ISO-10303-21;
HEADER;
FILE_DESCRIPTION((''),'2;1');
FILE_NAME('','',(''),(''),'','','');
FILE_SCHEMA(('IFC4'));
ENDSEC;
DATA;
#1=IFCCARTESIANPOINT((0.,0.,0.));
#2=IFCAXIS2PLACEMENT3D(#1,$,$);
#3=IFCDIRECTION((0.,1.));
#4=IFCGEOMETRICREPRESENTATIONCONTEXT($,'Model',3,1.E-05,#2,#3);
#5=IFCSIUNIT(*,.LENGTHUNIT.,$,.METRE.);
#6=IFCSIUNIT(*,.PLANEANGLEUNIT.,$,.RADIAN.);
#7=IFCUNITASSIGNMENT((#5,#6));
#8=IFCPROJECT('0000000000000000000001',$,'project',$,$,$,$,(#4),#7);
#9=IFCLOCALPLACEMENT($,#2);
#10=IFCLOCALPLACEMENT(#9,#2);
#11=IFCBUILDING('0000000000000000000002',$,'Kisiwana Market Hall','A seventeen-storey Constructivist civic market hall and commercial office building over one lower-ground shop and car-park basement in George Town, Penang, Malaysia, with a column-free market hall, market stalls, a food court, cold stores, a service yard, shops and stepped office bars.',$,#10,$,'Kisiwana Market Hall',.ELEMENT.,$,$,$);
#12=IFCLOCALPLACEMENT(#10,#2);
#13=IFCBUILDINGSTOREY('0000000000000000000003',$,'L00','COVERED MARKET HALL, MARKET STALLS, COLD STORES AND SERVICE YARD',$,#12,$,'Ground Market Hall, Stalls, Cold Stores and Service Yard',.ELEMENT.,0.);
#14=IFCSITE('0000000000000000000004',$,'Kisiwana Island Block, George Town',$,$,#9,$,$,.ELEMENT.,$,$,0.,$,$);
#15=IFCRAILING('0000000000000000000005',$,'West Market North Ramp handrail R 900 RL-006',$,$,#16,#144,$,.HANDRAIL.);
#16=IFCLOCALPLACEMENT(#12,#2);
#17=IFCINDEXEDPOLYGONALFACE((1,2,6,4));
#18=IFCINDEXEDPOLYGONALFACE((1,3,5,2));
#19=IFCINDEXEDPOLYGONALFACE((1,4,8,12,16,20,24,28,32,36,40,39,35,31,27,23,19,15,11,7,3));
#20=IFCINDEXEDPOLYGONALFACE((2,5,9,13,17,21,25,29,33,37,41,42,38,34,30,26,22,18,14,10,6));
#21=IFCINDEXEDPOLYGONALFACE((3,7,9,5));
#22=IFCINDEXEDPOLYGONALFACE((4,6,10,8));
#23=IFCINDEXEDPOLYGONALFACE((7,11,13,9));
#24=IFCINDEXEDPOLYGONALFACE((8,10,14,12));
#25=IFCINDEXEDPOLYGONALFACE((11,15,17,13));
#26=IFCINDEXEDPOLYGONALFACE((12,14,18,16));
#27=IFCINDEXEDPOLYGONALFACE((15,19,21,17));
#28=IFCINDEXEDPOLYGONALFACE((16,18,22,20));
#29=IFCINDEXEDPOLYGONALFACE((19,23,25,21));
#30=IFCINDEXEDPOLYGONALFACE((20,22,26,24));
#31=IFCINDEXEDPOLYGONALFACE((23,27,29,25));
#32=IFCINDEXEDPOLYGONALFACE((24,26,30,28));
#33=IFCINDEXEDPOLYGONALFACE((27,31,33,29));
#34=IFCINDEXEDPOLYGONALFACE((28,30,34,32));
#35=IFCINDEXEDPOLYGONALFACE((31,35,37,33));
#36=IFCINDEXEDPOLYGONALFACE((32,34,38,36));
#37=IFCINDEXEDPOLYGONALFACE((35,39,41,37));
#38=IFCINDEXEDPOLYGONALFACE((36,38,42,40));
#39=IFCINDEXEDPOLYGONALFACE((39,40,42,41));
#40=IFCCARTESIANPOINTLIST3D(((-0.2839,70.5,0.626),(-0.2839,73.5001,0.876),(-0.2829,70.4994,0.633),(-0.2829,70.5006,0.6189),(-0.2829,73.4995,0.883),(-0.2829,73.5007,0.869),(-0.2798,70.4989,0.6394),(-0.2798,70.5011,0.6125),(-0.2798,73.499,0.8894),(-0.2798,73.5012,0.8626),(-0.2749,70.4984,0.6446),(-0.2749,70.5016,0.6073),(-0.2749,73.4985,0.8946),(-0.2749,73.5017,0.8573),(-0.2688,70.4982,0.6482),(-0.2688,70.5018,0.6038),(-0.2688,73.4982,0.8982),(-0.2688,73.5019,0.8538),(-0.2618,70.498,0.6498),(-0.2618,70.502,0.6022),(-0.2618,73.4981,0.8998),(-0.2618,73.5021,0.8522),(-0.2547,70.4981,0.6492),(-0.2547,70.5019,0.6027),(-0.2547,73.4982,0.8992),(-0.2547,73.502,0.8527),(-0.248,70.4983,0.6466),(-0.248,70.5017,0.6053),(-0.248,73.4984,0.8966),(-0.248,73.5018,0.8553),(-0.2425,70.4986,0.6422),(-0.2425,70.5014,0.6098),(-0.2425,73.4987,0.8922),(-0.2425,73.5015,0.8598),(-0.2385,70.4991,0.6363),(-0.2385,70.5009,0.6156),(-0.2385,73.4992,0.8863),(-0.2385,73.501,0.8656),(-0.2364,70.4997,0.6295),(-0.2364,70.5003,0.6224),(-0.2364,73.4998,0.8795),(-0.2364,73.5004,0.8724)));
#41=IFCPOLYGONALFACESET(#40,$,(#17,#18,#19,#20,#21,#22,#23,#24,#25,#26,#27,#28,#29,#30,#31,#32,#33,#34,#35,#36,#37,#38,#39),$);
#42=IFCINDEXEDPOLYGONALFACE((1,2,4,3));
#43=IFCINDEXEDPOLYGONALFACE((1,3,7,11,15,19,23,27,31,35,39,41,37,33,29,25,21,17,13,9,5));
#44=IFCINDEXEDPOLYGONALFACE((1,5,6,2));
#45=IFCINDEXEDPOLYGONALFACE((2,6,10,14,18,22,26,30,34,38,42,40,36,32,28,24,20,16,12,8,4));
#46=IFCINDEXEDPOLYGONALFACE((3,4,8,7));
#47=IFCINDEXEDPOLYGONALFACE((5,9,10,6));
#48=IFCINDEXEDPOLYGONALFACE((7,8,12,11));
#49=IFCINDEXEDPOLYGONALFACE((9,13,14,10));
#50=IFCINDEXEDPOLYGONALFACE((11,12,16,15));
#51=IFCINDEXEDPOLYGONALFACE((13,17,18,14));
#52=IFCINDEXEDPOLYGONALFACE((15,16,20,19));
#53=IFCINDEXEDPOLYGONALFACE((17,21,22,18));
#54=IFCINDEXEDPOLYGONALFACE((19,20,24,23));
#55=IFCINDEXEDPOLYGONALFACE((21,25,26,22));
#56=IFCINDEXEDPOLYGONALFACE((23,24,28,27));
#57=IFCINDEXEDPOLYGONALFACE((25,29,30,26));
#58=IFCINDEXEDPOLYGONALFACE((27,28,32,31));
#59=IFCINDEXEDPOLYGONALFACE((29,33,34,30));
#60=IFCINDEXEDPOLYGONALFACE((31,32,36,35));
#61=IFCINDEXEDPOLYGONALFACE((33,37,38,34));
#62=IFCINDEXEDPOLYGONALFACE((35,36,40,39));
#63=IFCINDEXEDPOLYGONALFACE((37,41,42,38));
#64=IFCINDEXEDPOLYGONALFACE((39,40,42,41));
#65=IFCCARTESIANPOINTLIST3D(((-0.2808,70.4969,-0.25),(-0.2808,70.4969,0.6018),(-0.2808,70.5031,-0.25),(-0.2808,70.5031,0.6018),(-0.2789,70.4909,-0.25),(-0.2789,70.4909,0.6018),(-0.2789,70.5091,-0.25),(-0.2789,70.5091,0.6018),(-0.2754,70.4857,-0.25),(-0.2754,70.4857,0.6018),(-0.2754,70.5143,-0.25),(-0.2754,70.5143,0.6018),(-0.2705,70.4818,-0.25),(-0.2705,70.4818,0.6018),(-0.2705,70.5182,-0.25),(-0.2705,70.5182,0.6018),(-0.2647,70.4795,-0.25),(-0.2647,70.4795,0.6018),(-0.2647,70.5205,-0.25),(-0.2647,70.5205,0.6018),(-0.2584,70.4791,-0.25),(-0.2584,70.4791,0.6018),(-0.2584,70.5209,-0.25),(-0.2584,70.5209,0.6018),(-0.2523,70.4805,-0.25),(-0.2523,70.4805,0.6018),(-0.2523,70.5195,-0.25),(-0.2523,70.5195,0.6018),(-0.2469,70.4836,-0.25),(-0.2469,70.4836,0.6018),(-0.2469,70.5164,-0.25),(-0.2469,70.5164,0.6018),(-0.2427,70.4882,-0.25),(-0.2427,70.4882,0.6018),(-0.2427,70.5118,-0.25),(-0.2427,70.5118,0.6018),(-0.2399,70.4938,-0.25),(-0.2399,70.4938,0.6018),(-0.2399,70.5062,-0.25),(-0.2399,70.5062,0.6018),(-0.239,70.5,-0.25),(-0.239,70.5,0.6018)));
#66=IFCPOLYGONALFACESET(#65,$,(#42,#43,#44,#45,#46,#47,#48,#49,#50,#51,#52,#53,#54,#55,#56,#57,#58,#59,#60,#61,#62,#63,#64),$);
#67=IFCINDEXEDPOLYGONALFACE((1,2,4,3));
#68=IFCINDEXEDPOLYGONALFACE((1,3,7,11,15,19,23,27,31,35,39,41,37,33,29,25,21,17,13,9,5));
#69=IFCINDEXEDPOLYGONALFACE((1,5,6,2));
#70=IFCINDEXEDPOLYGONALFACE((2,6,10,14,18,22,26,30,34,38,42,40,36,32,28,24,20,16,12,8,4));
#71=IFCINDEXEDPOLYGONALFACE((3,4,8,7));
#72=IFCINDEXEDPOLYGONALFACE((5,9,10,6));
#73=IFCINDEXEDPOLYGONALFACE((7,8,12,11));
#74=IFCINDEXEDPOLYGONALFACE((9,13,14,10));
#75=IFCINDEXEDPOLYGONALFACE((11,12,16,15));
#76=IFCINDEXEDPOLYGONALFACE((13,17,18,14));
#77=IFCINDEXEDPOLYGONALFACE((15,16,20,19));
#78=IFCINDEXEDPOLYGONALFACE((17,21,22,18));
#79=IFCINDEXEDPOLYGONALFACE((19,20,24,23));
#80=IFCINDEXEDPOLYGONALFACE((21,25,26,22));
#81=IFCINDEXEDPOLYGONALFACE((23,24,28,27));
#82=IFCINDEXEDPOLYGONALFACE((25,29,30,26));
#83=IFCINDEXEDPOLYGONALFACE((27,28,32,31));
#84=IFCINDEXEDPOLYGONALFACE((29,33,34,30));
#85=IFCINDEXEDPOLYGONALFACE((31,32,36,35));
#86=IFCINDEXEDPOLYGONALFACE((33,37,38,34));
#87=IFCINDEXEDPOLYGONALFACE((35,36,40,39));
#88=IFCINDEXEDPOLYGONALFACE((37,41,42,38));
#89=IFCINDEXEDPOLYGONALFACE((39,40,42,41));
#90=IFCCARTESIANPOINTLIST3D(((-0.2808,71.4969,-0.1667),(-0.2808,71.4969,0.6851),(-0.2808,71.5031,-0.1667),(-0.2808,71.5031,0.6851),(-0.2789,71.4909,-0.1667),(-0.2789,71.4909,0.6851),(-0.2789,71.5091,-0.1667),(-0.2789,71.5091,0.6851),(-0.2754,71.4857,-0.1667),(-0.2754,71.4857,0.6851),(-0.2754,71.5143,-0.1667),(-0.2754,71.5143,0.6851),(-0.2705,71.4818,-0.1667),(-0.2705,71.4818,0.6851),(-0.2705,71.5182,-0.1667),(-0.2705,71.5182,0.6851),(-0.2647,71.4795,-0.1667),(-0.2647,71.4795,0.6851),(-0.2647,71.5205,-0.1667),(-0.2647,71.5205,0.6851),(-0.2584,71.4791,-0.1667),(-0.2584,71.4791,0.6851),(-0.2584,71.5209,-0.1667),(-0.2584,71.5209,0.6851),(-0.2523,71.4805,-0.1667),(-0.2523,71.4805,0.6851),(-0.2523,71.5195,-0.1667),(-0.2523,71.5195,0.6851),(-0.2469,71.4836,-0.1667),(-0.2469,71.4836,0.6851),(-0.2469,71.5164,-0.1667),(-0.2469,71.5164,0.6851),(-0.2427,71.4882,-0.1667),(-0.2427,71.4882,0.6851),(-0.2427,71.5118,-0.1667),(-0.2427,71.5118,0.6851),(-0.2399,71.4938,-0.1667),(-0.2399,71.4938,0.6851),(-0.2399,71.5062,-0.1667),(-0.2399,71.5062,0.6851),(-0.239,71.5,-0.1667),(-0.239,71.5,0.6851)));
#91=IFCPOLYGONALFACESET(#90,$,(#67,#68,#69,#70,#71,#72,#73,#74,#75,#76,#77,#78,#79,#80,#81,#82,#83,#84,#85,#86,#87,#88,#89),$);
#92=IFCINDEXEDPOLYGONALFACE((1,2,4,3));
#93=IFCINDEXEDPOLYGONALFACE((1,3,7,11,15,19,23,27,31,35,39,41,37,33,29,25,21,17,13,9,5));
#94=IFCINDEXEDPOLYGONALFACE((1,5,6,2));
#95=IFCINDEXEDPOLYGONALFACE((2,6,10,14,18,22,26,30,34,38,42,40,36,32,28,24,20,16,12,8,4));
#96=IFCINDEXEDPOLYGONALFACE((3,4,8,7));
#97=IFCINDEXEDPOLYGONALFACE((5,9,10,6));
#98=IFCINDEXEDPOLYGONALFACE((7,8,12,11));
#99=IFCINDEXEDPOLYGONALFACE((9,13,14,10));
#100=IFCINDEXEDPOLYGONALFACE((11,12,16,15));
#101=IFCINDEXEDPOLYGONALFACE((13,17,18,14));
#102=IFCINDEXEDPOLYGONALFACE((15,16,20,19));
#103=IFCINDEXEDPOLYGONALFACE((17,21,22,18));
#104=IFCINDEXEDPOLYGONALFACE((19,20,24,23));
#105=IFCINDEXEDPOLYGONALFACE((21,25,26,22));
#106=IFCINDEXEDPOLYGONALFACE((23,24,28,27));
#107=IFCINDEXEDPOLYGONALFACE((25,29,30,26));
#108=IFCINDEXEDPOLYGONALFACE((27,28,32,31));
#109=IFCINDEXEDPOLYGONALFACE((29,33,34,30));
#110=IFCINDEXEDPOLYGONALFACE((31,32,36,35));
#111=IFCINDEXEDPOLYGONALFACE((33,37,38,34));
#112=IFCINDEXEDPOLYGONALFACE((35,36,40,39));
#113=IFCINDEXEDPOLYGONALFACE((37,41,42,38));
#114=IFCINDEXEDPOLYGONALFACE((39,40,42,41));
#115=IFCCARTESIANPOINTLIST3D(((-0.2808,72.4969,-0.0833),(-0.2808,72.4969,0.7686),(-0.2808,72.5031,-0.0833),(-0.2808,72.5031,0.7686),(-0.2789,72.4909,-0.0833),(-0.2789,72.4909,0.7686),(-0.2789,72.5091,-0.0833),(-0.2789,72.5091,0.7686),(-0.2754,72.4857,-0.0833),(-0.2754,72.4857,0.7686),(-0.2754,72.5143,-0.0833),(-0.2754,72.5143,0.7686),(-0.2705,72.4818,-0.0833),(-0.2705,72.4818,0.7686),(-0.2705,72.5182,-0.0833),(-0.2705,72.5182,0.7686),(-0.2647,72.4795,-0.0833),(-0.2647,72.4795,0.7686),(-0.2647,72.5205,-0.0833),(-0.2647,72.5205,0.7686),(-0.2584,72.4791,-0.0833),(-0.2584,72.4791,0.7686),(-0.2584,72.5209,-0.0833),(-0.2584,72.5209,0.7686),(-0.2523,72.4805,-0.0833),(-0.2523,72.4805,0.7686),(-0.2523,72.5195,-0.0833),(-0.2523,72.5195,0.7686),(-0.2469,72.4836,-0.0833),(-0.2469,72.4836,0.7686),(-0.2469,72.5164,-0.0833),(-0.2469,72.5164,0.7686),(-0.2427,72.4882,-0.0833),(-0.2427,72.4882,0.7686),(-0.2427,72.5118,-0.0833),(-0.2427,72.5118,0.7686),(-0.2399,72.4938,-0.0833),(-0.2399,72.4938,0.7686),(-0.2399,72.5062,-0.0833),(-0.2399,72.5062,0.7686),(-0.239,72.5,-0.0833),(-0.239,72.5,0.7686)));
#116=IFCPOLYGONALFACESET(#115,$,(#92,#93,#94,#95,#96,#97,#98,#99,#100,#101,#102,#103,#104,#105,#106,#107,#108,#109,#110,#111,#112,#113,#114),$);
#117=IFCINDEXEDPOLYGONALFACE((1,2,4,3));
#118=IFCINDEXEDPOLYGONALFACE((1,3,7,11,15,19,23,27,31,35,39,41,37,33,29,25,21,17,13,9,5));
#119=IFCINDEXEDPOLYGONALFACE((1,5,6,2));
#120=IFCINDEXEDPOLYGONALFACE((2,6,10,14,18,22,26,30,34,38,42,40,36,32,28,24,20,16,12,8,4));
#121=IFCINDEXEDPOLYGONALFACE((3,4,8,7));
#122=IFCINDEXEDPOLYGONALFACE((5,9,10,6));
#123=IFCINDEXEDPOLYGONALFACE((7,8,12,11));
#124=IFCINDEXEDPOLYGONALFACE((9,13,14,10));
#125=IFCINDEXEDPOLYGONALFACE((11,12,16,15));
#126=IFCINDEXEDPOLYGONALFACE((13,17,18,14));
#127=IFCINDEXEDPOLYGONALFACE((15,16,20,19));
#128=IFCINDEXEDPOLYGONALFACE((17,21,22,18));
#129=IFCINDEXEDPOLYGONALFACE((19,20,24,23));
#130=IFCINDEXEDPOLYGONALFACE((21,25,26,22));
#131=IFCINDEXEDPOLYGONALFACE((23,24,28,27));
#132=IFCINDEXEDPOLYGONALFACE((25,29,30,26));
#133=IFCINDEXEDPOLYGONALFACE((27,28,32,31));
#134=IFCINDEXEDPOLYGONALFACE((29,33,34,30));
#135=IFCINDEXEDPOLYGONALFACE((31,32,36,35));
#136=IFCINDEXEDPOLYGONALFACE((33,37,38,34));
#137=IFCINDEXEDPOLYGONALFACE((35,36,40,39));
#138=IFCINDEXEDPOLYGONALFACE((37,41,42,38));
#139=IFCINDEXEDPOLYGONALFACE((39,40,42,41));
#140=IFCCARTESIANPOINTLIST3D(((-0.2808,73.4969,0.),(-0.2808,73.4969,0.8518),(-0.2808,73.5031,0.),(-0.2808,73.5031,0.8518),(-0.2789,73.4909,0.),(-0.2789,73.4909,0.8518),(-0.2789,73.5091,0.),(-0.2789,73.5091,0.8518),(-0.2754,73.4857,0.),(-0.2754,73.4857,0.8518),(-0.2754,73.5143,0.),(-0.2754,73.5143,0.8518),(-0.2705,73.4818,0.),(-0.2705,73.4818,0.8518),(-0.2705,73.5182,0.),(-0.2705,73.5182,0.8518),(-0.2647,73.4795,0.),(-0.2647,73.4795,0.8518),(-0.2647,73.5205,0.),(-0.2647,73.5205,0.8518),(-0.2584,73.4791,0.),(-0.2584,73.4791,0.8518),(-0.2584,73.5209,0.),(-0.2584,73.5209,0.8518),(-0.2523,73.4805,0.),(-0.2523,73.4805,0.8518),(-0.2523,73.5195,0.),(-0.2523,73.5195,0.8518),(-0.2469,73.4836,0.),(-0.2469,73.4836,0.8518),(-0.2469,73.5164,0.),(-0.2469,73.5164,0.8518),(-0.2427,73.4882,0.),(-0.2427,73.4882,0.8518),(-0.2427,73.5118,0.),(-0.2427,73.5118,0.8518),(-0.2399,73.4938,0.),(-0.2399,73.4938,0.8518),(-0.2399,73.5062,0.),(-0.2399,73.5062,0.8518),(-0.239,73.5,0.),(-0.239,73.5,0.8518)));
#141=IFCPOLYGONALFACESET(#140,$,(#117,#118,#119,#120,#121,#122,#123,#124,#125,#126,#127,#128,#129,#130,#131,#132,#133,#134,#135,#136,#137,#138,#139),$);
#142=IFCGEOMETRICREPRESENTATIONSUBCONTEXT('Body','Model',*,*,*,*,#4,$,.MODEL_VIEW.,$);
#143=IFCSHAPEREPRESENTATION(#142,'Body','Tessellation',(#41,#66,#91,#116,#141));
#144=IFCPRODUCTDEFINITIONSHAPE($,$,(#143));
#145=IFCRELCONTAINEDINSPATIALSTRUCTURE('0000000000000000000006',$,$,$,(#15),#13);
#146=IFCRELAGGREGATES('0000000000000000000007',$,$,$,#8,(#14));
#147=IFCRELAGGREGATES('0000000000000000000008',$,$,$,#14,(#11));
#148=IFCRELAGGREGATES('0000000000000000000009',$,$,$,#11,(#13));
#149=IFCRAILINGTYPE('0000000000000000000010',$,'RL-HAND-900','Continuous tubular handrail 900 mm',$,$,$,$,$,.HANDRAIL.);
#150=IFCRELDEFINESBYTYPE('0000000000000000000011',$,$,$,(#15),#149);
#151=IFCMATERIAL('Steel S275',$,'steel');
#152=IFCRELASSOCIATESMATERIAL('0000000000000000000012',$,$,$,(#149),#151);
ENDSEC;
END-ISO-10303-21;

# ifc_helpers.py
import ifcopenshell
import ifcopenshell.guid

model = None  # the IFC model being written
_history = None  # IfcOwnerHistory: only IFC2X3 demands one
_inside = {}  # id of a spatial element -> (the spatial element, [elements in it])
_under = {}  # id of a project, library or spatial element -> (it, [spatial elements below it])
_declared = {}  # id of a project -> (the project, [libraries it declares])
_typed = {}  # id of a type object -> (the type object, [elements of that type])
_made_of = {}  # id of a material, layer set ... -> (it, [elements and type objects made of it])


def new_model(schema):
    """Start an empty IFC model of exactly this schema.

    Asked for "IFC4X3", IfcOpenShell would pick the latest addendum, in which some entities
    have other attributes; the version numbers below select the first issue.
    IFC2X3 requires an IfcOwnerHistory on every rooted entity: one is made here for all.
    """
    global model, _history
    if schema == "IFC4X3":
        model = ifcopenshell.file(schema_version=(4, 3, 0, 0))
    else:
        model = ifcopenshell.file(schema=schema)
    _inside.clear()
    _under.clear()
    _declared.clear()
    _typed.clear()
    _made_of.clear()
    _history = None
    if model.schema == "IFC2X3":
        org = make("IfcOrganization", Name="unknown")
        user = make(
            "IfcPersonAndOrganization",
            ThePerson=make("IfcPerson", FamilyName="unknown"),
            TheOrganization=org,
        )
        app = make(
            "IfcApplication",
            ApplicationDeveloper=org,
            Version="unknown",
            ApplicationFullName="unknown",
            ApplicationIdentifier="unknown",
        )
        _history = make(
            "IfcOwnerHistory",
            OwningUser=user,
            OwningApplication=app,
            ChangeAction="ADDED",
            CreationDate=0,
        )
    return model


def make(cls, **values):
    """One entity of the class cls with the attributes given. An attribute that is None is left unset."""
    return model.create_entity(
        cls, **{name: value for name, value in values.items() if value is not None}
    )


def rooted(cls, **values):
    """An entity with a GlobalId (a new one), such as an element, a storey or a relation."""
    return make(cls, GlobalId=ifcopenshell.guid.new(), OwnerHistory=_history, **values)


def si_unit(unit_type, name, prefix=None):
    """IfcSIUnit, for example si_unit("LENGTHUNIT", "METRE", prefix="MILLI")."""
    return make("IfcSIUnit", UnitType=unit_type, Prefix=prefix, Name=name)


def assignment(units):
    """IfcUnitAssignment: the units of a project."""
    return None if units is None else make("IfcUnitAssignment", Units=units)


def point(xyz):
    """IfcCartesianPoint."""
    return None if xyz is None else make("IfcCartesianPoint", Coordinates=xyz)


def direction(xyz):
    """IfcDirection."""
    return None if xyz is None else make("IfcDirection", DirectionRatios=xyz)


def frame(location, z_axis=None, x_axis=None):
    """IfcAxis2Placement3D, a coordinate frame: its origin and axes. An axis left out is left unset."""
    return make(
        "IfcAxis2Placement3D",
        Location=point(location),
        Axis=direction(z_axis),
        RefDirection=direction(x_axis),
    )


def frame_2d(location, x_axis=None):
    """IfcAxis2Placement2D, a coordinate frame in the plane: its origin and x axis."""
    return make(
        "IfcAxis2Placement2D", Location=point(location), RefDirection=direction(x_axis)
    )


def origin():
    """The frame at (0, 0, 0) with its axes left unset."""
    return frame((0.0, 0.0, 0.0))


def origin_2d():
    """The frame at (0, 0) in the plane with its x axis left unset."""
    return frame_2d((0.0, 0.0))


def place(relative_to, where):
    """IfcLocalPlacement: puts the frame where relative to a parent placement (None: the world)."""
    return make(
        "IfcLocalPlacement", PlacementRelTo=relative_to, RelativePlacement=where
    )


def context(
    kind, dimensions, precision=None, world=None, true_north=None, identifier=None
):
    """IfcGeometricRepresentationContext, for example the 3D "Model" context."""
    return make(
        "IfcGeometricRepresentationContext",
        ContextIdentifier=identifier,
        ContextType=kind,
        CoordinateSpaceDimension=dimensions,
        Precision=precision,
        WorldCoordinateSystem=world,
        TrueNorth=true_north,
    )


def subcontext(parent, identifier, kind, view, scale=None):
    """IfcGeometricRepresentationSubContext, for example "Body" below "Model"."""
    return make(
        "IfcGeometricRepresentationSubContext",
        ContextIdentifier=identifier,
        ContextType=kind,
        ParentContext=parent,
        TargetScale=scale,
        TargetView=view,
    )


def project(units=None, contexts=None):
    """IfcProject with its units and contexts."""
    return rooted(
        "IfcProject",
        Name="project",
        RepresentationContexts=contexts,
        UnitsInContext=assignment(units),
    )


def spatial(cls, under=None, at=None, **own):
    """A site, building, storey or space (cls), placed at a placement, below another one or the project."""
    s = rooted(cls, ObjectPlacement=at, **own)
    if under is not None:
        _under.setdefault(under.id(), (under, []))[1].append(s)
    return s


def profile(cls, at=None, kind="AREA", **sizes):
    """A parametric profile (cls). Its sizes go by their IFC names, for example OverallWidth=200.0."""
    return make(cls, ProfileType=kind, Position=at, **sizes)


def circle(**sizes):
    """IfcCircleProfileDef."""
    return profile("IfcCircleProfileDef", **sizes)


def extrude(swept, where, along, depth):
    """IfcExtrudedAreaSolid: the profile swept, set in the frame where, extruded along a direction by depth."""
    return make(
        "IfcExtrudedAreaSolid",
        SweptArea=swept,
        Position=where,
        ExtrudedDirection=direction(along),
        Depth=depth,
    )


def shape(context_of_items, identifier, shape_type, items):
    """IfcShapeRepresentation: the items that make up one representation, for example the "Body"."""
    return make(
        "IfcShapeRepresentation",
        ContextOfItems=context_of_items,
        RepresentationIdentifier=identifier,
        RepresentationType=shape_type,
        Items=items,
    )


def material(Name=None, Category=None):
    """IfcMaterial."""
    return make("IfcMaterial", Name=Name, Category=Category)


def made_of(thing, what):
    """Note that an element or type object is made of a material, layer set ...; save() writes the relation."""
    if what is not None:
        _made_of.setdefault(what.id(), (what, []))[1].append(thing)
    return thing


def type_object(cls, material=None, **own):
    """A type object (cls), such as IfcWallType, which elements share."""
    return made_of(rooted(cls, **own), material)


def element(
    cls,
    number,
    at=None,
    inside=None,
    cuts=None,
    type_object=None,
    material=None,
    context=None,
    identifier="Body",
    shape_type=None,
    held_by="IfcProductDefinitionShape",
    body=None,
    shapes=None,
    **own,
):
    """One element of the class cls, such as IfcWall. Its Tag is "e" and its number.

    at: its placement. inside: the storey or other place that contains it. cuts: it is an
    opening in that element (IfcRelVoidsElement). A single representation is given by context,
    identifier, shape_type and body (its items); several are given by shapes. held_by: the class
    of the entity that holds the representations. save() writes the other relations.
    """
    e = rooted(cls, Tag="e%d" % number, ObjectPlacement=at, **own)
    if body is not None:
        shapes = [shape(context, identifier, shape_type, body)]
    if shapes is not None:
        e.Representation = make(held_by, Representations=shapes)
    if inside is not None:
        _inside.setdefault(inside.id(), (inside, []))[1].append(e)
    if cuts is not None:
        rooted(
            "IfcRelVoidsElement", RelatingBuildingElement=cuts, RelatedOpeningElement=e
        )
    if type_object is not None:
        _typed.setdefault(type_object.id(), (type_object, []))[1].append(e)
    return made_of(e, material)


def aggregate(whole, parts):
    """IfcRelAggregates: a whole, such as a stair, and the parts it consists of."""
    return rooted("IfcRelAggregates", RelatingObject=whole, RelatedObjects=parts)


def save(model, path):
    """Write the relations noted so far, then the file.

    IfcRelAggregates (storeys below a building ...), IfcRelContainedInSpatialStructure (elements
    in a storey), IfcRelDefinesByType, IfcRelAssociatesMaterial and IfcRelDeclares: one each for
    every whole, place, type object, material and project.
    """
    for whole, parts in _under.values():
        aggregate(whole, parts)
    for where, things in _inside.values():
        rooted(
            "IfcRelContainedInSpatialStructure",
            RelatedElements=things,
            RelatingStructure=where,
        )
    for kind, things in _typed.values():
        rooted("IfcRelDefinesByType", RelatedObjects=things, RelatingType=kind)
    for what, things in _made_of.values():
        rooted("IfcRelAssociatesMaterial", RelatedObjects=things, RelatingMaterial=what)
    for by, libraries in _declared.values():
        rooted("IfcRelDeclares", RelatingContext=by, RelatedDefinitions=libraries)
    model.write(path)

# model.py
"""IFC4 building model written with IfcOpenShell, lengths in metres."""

from ifc_helpers import new_model, si_unit, direction, frame, origin, origin_2d, place, context, subcontext, project, spatial, circle, extrude, material, type_object, element, save


model = new_model("IFC4")

# Units and contexts
model_context = context("Model", 3, precision=1e-05, world=origin(), true_north=direction((0.0, 1.0)))
body_context = subcontext(model_context, "Body", "Model", "MODEL_VIEW")
ifc_project = project(units=[si_unit("LENGTHUNIT", "METRE"), si_unit("PLANEANGLEUNIT", "RADIAN")], contexts=[model_context])

# Site, building, storey
site_placement = place(None, origin())
site = spatial("IfcSite", under=ifc_project, at=site_placement, Name="Kisiwana Island Block, George Town", CompositionType="ELEMENT", RefElevation=0.0)
building_placement = place(site_placement, origin())
building = spatial("IfcBuilding", under=site, at=building_placement, Name="Kisiwana Market Hall", Description="A seventeen-storey Constructivist civic market hall and commercial office building over one lower-ground shop and car-park basement in George Town, Penang, Malaysia, with a column-free market hall, market stalls, a food court, cold stores, a service yard, shops and stepped office bars.", LongName="Kisiwana Market Hall", CompositionType="ELEMENT")
storey_placement = place(building_placement, origin())
storey = spatial("IfcBuildingStorey", under=building, at=storey_placement, Name="L00", Description="COVERED MARKET HALL, MARKET STALLS, COLD STORES AND SERVICE YARD", LongName="Ground Market Hall, Stalls, Cold Stores and Service Yard", CompositionType="ELEMENT", Elevation=0.0)

# Railing
ifc_material_1 = material(Name="Steel S275", Category="steel")
railing_type = type_object("IfcRailingType", Name="RL-HAND-900", Description="Continuous tubular handrail 900 mm", PredefinedType="HANDRAIL", material=ifc_material_1)
for number, where, name in (
    (1, (-0.26, 70.5, -0.25), "West Market North Ramp handrail R 900 RL-006"),
):
    element("IfcRailing", number, at=place(storey_placement, frame(where)), inside=storey, type_object=railing_type, Name=name, PredefinedType="HANDRAIL", context=body_context, shape_type="SweptSolid", body=[
        extrude(circle(Radius=0.0239, at=origin_2d()), frame((0.0, 0.0, 0.876), z_axis=(0.0, 0.996546, 0.083045), x_axis=(-1.0, 0.0, 0.0)), (0.0, 0.0, 1.0), 3.0105),
        extrude(circle(Radius=0.021, at=origin_2d()), origin(), (0.0, 0.0, 1.0), 0.8518),
        extrude(circle(Radius=0.021, at=origin_2d()), frame((0.0, 1.0, 0.0833)), (0.0, 0.0, 1.0), 0.8518),
        extrude(circle(Radius=0.021, at=origin_2d()), frame((0.0, 2.0, 0.1667)), (0.0, 0.0, 1.0), 0.8518),
        extrude(circle(Radius=0.021, at=origin_2d()), frame((0.0, 3.0, 0.25)), (0.0, 0.0, 1.0), 0.8518),
    ])

save(model, "model.ifc")
